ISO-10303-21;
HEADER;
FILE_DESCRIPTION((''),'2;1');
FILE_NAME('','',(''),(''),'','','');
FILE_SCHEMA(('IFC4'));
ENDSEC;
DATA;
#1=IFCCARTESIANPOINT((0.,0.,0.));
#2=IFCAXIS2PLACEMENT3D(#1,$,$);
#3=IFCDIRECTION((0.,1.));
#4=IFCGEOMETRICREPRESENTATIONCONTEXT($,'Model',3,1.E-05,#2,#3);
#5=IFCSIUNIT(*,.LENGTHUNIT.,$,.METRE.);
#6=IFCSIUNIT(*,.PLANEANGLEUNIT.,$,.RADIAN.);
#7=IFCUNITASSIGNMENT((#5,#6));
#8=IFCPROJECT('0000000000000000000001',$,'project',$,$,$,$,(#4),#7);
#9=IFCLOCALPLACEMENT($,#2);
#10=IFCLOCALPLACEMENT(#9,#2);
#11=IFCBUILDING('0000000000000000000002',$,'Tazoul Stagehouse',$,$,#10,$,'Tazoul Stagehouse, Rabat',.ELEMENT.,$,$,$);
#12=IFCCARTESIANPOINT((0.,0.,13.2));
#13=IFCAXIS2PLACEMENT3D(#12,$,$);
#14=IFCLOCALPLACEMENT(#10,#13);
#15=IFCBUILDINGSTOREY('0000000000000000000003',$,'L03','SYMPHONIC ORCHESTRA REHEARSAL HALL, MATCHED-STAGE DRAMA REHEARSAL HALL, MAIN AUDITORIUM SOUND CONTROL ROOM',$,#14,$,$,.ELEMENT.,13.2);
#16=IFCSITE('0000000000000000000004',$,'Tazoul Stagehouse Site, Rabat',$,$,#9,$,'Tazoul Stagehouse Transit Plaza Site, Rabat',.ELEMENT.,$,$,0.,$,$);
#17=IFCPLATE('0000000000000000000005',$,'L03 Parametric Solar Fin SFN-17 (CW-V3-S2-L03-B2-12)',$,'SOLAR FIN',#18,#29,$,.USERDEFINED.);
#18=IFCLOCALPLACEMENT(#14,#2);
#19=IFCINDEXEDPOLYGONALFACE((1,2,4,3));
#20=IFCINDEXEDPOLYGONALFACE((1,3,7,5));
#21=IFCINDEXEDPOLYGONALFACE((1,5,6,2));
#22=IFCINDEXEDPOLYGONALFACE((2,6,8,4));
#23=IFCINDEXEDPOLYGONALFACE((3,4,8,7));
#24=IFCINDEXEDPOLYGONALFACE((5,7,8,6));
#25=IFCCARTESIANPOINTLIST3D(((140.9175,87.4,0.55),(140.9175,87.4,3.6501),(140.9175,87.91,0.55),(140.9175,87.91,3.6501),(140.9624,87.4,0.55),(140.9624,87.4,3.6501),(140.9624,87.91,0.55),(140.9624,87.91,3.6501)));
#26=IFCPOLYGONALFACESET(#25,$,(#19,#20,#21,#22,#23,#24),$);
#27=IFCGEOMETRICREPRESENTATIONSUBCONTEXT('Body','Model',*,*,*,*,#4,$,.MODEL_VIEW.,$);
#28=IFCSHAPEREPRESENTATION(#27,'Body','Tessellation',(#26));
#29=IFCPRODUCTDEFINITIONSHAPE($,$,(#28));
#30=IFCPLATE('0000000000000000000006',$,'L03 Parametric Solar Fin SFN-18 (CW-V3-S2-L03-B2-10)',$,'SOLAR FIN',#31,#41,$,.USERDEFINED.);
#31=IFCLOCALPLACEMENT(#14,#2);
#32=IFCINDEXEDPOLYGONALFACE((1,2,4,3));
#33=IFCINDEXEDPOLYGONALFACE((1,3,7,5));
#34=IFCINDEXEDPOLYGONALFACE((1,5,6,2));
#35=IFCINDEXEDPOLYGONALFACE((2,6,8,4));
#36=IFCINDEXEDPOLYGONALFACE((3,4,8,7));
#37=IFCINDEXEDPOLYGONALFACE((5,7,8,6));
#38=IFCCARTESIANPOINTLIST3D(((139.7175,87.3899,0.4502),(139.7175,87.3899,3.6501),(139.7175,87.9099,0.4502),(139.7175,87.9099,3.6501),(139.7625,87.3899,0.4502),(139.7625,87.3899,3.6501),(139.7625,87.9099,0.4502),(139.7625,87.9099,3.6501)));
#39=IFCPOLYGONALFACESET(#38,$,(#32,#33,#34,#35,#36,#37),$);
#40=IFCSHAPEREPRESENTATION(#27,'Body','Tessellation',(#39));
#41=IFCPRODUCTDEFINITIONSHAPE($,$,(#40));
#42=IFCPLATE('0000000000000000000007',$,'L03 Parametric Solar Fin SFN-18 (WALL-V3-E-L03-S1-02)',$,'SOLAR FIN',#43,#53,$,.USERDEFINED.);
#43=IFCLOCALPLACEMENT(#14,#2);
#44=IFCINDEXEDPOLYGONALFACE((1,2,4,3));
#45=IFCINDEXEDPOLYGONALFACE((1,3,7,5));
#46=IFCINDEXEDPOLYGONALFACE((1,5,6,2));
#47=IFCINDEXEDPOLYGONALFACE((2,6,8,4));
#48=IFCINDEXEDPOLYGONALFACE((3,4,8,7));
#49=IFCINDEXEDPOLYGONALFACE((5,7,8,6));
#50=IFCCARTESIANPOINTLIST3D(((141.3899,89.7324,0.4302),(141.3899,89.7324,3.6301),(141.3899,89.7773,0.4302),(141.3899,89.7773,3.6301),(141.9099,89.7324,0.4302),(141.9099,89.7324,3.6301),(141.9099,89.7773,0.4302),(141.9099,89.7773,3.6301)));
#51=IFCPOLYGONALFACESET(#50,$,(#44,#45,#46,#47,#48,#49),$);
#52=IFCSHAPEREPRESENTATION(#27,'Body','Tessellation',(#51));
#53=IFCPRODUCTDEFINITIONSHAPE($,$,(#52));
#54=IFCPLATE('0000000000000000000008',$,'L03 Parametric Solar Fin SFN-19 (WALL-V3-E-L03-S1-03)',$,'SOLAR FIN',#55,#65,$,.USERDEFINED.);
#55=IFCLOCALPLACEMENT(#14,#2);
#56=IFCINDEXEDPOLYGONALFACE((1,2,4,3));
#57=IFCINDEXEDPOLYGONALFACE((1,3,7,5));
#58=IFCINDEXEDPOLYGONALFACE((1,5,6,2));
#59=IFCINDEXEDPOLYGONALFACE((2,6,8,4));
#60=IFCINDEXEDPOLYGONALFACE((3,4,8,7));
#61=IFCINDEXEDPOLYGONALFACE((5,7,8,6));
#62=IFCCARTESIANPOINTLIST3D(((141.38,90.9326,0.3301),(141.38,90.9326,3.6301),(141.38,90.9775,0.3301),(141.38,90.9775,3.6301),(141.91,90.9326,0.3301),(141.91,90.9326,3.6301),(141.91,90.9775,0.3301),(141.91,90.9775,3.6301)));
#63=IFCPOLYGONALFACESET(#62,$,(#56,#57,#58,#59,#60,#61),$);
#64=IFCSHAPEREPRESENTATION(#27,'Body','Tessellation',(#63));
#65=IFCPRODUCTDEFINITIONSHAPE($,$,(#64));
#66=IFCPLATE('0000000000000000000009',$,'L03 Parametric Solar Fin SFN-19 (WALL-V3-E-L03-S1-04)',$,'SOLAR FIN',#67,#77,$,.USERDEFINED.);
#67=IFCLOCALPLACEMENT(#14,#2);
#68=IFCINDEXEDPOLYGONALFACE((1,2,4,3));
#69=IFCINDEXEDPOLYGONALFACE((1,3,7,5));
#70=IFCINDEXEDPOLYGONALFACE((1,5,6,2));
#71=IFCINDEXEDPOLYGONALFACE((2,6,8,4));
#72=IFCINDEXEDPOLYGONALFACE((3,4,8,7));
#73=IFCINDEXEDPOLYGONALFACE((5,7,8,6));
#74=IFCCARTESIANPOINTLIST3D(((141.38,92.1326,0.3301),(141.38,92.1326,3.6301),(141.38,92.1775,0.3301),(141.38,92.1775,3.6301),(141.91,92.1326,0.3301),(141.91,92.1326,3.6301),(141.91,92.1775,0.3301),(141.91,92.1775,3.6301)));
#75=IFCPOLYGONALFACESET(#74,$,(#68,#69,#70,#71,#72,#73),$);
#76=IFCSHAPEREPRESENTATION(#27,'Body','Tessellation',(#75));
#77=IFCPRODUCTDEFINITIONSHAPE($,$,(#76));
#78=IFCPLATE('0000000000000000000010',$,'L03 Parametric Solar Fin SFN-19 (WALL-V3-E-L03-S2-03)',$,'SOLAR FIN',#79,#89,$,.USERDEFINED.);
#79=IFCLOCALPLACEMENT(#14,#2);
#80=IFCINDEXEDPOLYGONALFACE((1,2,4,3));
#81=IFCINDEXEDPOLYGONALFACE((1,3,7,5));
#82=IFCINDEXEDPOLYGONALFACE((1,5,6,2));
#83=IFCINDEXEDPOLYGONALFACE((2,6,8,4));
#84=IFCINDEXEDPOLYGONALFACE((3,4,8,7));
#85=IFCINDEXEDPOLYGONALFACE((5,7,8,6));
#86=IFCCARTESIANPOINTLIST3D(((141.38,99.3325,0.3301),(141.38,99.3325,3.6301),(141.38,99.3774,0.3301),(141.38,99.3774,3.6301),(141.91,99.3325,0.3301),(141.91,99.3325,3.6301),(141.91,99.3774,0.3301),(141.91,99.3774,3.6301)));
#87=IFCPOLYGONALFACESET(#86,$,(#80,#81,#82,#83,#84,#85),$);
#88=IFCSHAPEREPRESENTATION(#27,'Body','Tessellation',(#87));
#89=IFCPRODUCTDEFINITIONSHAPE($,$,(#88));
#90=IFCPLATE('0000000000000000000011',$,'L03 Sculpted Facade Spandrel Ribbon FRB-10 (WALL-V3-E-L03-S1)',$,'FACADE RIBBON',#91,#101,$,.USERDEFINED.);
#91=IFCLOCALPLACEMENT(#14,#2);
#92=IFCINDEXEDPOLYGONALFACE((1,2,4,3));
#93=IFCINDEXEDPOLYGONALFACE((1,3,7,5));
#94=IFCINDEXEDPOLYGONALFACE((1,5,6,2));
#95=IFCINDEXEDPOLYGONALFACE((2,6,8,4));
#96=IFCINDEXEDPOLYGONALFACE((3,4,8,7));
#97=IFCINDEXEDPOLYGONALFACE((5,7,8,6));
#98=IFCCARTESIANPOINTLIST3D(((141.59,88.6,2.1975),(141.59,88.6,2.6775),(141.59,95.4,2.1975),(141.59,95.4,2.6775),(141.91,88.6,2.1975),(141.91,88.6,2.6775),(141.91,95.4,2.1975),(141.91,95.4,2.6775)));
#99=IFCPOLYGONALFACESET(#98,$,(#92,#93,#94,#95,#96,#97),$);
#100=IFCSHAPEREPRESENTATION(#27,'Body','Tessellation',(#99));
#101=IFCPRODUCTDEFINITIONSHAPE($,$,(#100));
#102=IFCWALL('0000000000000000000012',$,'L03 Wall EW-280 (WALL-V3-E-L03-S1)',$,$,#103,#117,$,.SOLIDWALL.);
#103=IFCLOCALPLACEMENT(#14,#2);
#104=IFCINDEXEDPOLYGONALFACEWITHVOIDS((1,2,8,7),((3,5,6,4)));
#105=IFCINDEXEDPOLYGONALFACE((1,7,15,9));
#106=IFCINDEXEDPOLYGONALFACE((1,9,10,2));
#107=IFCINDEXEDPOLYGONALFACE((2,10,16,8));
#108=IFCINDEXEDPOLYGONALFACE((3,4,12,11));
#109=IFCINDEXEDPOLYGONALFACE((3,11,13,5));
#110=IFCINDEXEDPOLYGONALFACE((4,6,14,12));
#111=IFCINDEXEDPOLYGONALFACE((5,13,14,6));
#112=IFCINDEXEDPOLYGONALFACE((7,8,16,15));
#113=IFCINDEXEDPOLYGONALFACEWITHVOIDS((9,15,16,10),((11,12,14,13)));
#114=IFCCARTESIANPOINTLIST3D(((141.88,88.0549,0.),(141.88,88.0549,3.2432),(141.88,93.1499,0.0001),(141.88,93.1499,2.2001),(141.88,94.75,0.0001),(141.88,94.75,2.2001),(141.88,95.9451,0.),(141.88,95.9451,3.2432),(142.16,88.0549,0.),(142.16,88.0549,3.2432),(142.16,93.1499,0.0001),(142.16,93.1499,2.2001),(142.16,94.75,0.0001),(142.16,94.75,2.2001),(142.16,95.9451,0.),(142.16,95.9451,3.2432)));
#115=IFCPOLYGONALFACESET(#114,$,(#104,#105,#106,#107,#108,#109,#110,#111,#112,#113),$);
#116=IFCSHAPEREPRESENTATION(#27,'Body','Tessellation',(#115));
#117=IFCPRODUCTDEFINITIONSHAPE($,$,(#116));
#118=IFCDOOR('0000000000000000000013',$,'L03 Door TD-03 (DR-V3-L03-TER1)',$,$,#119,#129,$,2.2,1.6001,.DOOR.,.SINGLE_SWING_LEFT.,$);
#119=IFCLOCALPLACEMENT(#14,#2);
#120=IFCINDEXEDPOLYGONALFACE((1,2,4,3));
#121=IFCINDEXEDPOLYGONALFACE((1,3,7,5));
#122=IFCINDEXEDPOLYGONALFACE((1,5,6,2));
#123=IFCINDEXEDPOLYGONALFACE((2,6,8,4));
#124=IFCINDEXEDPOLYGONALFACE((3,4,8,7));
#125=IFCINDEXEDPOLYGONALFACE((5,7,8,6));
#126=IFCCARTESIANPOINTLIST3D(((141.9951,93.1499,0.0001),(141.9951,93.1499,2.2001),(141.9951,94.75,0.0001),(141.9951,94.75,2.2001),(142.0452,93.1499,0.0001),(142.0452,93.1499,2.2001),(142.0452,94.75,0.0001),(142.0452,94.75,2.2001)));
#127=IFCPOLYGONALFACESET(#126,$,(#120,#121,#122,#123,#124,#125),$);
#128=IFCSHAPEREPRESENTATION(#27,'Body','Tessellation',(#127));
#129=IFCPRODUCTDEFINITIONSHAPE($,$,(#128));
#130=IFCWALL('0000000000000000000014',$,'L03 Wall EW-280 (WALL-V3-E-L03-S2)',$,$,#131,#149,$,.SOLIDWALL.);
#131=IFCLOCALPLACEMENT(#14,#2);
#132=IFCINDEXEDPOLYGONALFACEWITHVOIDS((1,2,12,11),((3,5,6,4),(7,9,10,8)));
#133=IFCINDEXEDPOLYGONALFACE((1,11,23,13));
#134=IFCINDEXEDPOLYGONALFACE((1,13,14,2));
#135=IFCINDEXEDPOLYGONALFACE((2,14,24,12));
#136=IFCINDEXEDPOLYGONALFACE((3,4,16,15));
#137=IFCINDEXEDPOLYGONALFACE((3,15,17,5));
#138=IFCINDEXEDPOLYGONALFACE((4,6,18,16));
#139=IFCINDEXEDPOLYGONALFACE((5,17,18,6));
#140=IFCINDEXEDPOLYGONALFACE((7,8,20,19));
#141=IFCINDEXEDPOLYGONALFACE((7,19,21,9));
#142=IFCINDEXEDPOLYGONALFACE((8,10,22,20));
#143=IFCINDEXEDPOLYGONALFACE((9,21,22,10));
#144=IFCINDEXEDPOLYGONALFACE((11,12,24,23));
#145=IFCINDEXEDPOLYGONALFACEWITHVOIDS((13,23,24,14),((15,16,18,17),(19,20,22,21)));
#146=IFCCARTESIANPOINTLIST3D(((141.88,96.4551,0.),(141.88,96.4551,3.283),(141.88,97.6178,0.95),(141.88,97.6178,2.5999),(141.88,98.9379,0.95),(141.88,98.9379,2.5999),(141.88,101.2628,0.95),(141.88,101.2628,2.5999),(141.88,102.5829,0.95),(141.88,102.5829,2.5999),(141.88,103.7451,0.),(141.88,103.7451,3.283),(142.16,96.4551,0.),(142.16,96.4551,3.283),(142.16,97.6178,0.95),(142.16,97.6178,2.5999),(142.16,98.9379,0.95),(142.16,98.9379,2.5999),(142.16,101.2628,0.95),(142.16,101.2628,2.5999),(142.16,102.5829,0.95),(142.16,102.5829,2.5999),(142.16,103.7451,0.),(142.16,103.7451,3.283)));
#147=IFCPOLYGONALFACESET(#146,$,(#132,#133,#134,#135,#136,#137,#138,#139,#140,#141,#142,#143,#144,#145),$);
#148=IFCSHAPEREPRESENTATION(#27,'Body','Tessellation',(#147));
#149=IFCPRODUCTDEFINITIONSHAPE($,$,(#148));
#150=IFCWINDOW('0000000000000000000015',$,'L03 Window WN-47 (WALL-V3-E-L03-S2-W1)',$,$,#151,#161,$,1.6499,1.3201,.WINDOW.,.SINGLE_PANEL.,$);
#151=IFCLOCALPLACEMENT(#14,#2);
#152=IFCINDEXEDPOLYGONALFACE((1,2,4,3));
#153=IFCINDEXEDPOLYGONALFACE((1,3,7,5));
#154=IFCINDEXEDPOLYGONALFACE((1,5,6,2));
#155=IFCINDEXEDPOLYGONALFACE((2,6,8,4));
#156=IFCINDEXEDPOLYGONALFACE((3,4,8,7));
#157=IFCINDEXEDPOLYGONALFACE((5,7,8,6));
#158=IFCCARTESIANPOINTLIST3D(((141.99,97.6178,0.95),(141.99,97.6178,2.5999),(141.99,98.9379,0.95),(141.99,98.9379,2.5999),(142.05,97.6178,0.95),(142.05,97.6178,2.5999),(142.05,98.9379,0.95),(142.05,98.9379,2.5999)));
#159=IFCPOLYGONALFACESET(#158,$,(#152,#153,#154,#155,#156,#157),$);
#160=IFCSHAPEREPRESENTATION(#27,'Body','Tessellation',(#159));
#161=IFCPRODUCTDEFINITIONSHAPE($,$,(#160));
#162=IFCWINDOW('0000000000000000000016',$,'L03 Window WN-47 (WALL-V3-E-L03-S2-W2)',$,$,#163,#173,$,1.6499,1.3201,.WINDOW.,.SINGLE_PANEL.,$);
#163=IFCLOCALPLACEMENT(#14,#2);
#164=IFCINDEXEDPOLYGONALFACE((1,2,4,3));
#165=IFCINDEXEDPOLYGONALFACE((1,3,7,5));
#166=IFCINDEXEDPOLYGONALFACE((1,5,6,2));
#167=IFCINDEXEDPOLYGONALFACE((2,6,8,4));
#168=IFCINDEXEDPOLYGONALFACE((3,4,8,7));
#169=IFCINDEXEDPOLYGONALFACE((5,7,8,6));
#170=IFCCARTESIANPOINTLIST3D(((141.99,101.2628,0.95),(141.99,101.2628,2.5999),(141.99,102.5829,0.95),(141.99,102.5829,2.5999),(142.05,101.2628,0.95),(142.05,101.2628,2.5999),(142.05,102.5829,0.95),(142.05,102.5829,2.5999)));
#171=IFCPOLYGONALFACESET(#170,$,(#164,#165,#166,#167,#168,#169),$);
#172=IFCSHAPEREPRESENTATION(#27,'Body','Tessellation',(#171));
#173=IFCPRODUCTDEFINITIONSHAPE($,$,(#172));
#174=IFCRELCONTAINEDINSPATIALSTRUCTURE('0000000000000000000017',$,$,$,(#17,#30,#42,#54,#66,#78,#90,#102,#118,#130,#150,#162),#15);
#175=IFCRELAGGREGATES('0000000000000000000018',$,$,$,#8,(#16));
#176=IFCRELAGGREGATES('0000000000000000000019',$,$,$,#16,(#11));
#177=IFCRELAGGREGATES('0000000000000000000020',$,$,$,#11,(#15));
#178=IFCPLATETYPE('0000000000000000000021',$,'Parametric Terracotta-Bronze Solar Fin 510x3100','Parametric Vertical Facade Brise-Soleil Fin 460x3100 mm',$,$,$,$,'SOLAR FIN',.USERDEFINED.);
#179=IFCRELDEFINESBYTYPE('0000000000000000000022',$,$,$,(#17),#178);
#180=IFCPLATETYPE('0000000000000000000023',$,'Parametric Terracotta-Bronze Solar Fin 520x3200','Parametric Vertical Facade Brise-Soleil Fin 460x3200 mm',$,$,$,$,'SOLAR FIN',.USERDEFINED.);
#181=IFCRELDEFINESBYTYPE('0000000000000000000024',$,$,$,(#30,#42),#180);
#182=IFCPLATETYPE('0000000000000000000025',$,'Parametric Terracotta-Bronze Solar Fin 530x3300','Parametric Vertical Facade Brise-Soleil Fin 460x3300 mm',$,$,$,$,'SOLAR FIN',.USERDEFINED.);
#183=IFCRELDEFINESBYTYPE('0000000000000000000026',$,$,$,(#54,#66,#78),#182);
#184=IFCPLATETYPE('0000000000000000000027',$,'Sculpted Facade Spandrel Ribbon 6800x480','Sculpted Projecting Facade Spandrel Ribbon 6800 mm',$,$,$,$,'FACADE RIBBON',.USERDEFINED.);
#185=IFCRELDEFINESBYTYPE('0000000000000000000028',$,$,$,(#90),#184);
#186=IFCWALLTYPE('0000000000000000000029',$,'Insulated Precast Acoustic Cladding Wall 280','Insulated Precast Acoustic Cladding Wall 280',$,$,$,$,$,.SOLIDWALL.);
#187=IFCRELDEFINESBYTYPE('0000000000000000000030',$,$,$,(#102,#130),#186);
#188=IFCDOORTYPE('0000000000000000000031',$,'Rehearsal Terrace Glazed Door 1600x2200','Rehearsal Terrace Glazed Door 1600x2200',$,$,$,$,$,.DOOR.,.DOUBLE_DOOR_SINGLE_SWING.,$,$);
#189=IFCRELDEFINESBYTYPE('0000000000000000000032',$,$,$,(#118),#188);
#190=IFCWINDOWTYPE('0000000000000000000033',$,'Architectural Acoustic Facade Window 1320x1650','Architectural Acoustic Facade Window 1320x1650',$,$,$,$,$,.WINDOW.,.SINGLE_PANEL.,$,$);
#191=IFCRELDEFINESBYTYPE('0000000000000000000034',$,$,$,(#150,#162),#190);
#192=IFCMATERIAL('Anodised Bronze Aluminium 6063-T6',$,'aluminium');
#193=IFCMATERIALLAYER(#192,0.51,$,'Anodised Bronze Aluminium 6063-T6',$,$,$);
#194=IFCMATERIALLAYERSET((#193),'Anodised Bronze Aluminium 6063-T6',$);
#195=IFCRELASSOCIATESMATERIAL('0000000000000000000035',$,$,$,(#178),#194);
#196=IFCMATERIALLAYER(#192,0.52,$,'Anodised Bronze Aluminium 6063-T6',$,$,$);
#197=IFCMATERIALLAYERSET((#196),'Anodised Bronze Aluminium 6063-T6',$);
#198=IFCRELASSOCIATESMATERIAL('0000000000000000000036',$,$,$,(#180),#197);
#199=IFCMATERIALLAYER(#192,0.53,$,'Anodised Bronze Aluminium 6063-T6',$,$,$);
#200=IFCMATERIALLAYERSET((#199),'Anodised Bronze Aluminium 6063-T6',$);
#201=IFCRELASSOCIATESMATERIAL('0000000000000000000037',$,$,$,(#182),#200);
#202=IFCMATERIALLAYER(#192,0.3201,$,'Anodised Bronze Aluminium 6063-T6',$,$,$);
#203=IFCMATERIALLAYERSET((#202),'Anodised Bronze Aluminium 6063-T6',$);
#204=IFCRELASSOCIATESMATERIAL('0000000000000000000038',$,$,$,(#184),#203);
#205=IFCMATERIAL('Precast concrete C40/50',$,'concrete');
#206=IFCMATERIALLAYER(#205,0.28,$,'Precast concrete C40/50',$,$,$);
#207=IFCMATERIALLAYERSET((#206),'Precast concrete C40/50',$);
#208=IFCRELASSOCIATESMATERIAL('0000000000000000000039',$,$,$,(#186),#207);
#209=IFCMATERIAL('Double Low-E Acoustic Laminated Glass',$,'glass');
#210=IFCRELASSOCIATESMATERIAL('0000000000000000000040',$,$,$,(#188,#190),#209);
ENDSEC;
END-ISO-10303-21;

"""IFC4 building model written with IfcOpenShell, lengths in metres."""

from ifc_helpers import new_model, si_unit, direction, frame, frame_2d, origin, origin_2d, place, context, subcontext, project, spatial, rectangle, extrude, material, layer, layer_set, type_object, element, fill, save


model = new_model("IFC4")

# Units and contexts
model_context = context("Model", 3, precision=1e-05, world=origin(), true_north=direction((0.0, 1.0)))
body_context = subcontext(model_context, "Body", "Model", "MODEL_VIEW")
ifc_project = project(units=[si_unit("LENGTHUNIT", "METRE"), si_unit("PLANEANGLEUNIT", "RADIAN")], contexts=[model_context])

# Site, building, storey
site_placement = place(None, origin())
site = spatial("IfcSite", under=ifc_project, at=site_placement, Name="Tazoul Stagehouse Site, Rabat", LongName="Tazoul Stagehouse Transit Plaza Site, Rabat", CompositionType="ELEMENT", RefElevation=0.0)
building_placement = place(site_placement, origin())
building = spatial("IfcBuilding", under=site, at=building_placement, Name="Tazoul Stagehouse", LongName="Tazoul Stagehouse, Rabat", CompositionType="ELEMENT")
storey_placement = place(building_placement, frame((0.0, 0.0, 13.2)))
storey = spatial("IfcBuildingStorey", under=building, at=storey_placement, Name="L03", Description="SYMPHONIC ORCHESTRA REHEARSAL HALL, MATCHED-STAGE DRAMA REHEARSAL HALL, MAIN AUDITORIUM SOUND CONTROL ROOM", CompositionType="ELEMENT", Elevation=13.2)

# Plates
ifc_material_1 = material(Name="Anodised Bronze Aluminium 6063-T6", Category="aluminium")
ifc_layer_1 = layer(ifc_material_1, 0.51, Name="Anodised Bronze Aluminium 6063-T6")
ifc_layer_set_1 = layer_set([ifc_layer_1], Name="Anodised Bronze Aluminium 6063-T6")
plate_type_1 = type_object("IfcPlateType", Name="Parametric Terracotta-Bronze Solar Fin 510x3100", Description="Parametric Vertical Facade Brise-Soleil Fin 460x3100 mm", ElementType="SOLAR FIN", PredefinedType="USERDEFINED", material=ifc_layer_set_1)
for number, where, z_axis, x_axis, name in (
    (1, (140.9399, 87.655, 0.55), (0.0, 0.0, 1.0), (1.0, 0.0, 0.0), "L03 Parametric Solar Fin SFN-17 (CW-V3-S2-L03-B2-12)"),
):
    element("IfcPlate", number, at=place(storey_placement, frame(where, z_axis=z_axis, x_axis=x_axis)), inside=storey, type_object=plate_type_1, Name=name, ObjectType="SOLAR FIN", PredefinedType="USERDEFINED", context=body_context, shape_type="SweptSolid", body=[
        extrude(rectangle(XDim=0.0449, YDim=0.51, at=origin_2d()), origin(), (0.0, 0.0, 1.0), 3.1001),
    ])
ifc_layer_2 = layer(ifc_material_1, 0.52, Name="Anodised Bronze Aluminium 6063-T6")
ifc_layer_set_2 = layer_set([ifc_layer_2], Name="Anodised Bronze Aluminium 6063-T6")
plate_type_2 = type_object("IfcPlateType", Name="Parametric Terracotta-Bronze Solar Fin 520x3200", Description="Parametric Vertical Facade Brise-Soleil Fin 460x3200 mm", ElementType="SOLAR FIN", PredefinedType="USERDEFINED", material=ifc_layer_set_2)
for number, where, z_axis, x_axis, name in (
    (2, (139.74, 87.6499, 0.4502), (0.0, 0.0, 1.0), (1.0, 0.0, 0.0), "L03 Parametric Solar Fin SFN-18 (CW-V3-S2-L03-B2-10)"),
    (3, (141.6499, 89.7549, 0.4302), (0.0, 0.0, 1.0), (0.0, 1.0, 0.0), "L03 Parametric Solar Fin SFN-18 (WALL-V3-E-L03-S1-02)"),
):
    element("IfcPlate", number, at=place(storey_placement, frame(where, z_axis=z_axis, x_axis=x_axis)), inside=storey, type_object=plate_type_2, Name=name, ObjectType="SOLAR FIN", PredefinedType="USERDEFINED", context=body_context, shape_type="SweptSolid", body=[
        extrude(rectangle(XDim=0.0449, YDim=0.52, at=origin_2d()), origin(), (0.0, 0.0, 1.0), 3.2),
    ])
ifc_layer_3 = layer(ifc_material_1, 0.53, Name="Anodised Bronze Aluminium 6063-T6")
ifc_layer_set_3 = layer_set([ifc_layer_3], Name="Anodised Bronze Aluminium 6063-T6")
plate_type_3 = type_object("IfcPlateType", Name="Parametric Terracotta-Bronze Solar Fin 530x3300", Description="Parametric Vertical Facade Brise-Soleil Fin 460x3300 mm", ElementType="SOLAR FIN", PredefinedType="USERDEFINED", material=ifc_layer_set_3)
for number, where, z_axis, x_axis, name in (
    (4, (141.645, 90.9551, 0.3301), (0.0, 0.0, 1.0), (0.0, 1.0, 0.0), "L03 Parametric Solar Fin SFN-19 (WALL-V3-E-L03-S1-03)"),
    (5, (141.645, 92.155, 0.3301), (0.0, 0.0, 1.0), (0.0, 1.0, 0.0), "L03 Parametric Solar Fin SFN-19 (WALL-V3-E-L03-S1-04)"),
    (6, (141.645, 99.355, 0.3301), (0.0, 0.0, 1.0), (0.0, 1.0, 0.0), "L03 Parametric Solar Fin SFN-19 (WALL-V3-E-L03-S2-03)"),
):
    element("IfcPlate", number, at=place(storey_placement, frame(where, z_axis=z_axis, x_axis=x_axis)), inside=storey, type_object=plate_type_3, Name=name, ObjectType="SOLAR FIN", PredefinedType="USERDEFINED", context=body_context, shape_type="SweptSolid", body=[
        extrude(rectangle(XDim=0.0449, YDim=0.53, at=origin_2d()), origin(), (0.0, 0.0, 1.0), 3.3),
    ])
ifc_layer_4 = layer(ifc_material_1, 0.3201, Name="Anodised Bronze Aluminium 6063-T6")
ifc_layer_set_4 = layer_set([ifc_layer_4], Name="Anodised Bronze Aluminium 6063-T6")
plate_type_4 = type_object("IfcPlateType", Name="Sculpted Facade Spandrel Ribbon 6800x480", Description="Sculpted Projecting Facade Spandrel Ribbon 6800 mm", ElementType="FACADE RIBBON", PredefinedType="USERDEFINED", material=ifc_layer_set_4)
plate_placement = place(storey_placement, frame((141.75, 92.0, 2.1975), z_axis=(0.0, 0.0, 1.0), x_axis=(0.0, 1.0, 0.0)))
element("IfcPlate", 7, at=plate_placement, inside=storey, type_object=plate_type_4, Name="L03 Sculpted Facade Spandrel Ribbon FRB-10 (WALL-V3-E-L03-S1)", ObjectType="FACADE RIBBON", PredefinedType="USERDEFINED", context=body_context, shape_type="SweptSolid", body=[
    extrude(rectangle(XDim=6.8, YDim=0.3201, at=origin_2d()), origin(), (0.0, 0.0, 1.0), 0.48),
])

# Wall, opening, door
ifc_material_2 = material(Name="Precast concrete C40/50", Category="concrete")
ifc_layer_5 = layer(ifc_material_2, 0.28, Name="Precast concrete C40/50")
ifc_layer_set_5 = layer_set([ifc_layer_5], Name="Precast concrete C40/50")
wall_type = type_object("IfcWallType", Name="Insulated Precast Acoustic Cladding Wall 280", Description="Insulated Precast Acoustic Cladding Wall 280", PredefinedType="SOLIDWALL", material=ifc_layer_set_5)
wall_1_placement = place(storey_placement, frame((142.02, 88.0549, 0.0), z_axis=(0.0, 0.0, 1.0), x_axis=(0.0, 1.0, 0.0)))
wall_1 = element("IfcWall", 8, at=wall_1_placement, inside=storey, type_object=wall_type, Name="L03 Wall EW-280 (WALL-V3-E-L03-S1)", PredefinedType="SOLIDWALL", context=body_context, shape_type="SweptSolid", body=[
    extrude(rectangle(XDim=7.8901, YDim=0.28, at=frame_2d((3.9451, 0.0))), origin(), (0.0, 0.0, 1.0), 3.2432),
])
opening_1_placement = place(wall_1_placement, frame((5.095, 0.0, 0.0)))
opening_1 = element("IfcOpeningElement", 9, at=opening_1_placement, cuts=wall_1, PredefinedType="OPENING", context=body_context, shape_type="SweptSolid", body=[
    extrude(rectangle(XDim=1.6001, YDim=2.2, at=frame_2d((0.8, 1.1001))), frame((0.0, 0.1599, 0.0), z_axis=(0.0, -1.0, 0.0), x_axis=(1.0, 0.0, 0.0)), (0.0, 0.0, 1.0), 0.3201),
])
ifc_material_3 = material(Name="Double Low-E Acoustic Laminated Glass", Category="glass")
door_type = type_object("IfcDoorType", Name="Rehearsal Terrace Glazed Door 1600x2200", Description="Rehearsal Terrace Glazed Door 1600x2200", OperationType="DOUBLE_DOOR_SINGLE_SWING", PredefinedType="DOOR", material=ifc_material_3)
door_placement = place(opening_1_placement, origin())
door = element("IfcDoor", 10, at=door_placement, inside=storey, type_object=door_type, Name="L03 Door TD-03 (DR-V3-L03-TER1)", OperationType="SINGLE_SWING_LEFT", OverallHeight=2.2, OverallWidth=1.6001, PredefinedType="DOOR", context=body_context, shape_type="SweptSolid", body=[
    extrude(rectangle(XDim=1.6001, YDim=2.2, at=frame_2d((0.8, 1.1001))), frame((0.0, 0.0249, 0.0), z_axis=(0.0, -1.0, 0.0), x_axis=(1.0, 0.0, 0.0)), (0.0, 0.0, 1.0), 0.05),
])
fill(opening_1, door)

# Wall, openings, windows
wall_2_placement = place(storey_placement, frame((142.02, 96.4551, 0.0), z_axis=(0.0, 0.0, 1.0), x_axis=(0.0, 1.0, 0.0)))
wall_2 = element("IfcWall", 11, at=wall_2_placement, inside=storey, type_object=wall_type, Name="L03 Wall EW-280 (WALL-V3-E-L03-S2)", PredefinedType="SOLIDWALL", context=body_context, shape_type="SweptSolid", body=[
    extrude(rectangle(XDim=7.29, YDim=0.28, at=frame_2d((3.645, 0.0))), origin(), (0.0, 0.0, 1.0), 3.283),
])
opening_2_placement = place(wall_2_placement, frame((1.1626, 0.0, 0.95)))
opening_2 = element("IfcOpeningElement", 12, at=opening_2_placement, cuts=wall_2, PredefinedType="OPENING", context=body_context, shape_type="SweptSolid", body=[
    extrude(rectangle(XDim=1.3201, YDim=1.6499, at=frame_2d((0.6602, 0.825))), frame((0.0, 0.1599, 0.0), z_axis=(0.0, -1.0, 0.0), x_axis=(1.0, 0.0, 0.0)), (0.0, 0.0, 1.0), 0.3201),
])
opening_3_placement = place(wall_2_placement, frame((4.8076, 0.0, 0.95)))
opening_3 = element("IfcOpeningElement", 13, at=opening_3_placement, cuts=wall_2, PredefinedType="OPENING", context=body_context, shape_type="SweptSolid", body=[
    extrude(rectangle(XDim=1.3201, YDim=1.6499, at=frame_2d((0.6602, 0.825))), frame((0.0, 0.1599, 0.0), z_axis=(0.0, -1.0, 0.0), x_axis=(1.0, 0.0, 0.0)), (0.0, 0.0, 1.0), 0.3201),
])
window_type = type_object("IfcWindowType", Name="Architectural Acoustic Facade Window 1320x1650", Description="Architectural Acoustic Facade Window 1320x1650", PartitioningType="SINGLE_PANEL", PredefinedType="WINDOW", material=ifc_material_3)
window_1_placement = place(opening_2_placement, origin())
window_1 = element("IfcWindow", 14, at=window_1_placement, inside=storey, type_object=window_type, Name="L03 Window WN-47 (WALL-V3-E-L03-S2-W1)", OverallHeight=1.6499, OverallWidth=1.3201, PartitioningType="SINGLE_PANEL", PredefinedType="WINDOW", context=body_context, shape_type="SweptSolid", body=[
    extrude(rectangle(XDim=1.3201, YDim=1.6499, at=frame_2d((0.6602, 0.825))), frame((0.0, 0.03, 0.0), z_axis=(0.0, -1.0, 0.0), x_axis=(1.0, 0.0, 0.0)), (0.0, 0.0, 1.0), 0.0601),
])
fill(opening_2, window_1)
window_2_placement = place(opening_3_placement, origin())
window_2 = element("IfcWindow", 15, at=window_2_placement, inside=storey, type_object=window_type, Name="L03 Window WN-47 (WALL-V3-E-L03-S2-W2)", OverallHeight=1.6499, OverallWidth=1.3201, PartitioningType="SINGLE_PANEL", PredefinedType="WINDOW", context=body_context, shape_type="SweptSolid", body=[
    extrude(rectangle(XDim=1.3201, YDim=1.6499, at=frame_2d((0.6602, 0.825))), frame((0.0, 0.03, 0.0), z_axis=(0.0, -1.0, 0.0), x_axis=(1.0, 0.0, 0.0)), (0.0, 0.0, 1.0), 0.0601),
])
fill(opening_3, window_2)

save(model, "model.ifc")
